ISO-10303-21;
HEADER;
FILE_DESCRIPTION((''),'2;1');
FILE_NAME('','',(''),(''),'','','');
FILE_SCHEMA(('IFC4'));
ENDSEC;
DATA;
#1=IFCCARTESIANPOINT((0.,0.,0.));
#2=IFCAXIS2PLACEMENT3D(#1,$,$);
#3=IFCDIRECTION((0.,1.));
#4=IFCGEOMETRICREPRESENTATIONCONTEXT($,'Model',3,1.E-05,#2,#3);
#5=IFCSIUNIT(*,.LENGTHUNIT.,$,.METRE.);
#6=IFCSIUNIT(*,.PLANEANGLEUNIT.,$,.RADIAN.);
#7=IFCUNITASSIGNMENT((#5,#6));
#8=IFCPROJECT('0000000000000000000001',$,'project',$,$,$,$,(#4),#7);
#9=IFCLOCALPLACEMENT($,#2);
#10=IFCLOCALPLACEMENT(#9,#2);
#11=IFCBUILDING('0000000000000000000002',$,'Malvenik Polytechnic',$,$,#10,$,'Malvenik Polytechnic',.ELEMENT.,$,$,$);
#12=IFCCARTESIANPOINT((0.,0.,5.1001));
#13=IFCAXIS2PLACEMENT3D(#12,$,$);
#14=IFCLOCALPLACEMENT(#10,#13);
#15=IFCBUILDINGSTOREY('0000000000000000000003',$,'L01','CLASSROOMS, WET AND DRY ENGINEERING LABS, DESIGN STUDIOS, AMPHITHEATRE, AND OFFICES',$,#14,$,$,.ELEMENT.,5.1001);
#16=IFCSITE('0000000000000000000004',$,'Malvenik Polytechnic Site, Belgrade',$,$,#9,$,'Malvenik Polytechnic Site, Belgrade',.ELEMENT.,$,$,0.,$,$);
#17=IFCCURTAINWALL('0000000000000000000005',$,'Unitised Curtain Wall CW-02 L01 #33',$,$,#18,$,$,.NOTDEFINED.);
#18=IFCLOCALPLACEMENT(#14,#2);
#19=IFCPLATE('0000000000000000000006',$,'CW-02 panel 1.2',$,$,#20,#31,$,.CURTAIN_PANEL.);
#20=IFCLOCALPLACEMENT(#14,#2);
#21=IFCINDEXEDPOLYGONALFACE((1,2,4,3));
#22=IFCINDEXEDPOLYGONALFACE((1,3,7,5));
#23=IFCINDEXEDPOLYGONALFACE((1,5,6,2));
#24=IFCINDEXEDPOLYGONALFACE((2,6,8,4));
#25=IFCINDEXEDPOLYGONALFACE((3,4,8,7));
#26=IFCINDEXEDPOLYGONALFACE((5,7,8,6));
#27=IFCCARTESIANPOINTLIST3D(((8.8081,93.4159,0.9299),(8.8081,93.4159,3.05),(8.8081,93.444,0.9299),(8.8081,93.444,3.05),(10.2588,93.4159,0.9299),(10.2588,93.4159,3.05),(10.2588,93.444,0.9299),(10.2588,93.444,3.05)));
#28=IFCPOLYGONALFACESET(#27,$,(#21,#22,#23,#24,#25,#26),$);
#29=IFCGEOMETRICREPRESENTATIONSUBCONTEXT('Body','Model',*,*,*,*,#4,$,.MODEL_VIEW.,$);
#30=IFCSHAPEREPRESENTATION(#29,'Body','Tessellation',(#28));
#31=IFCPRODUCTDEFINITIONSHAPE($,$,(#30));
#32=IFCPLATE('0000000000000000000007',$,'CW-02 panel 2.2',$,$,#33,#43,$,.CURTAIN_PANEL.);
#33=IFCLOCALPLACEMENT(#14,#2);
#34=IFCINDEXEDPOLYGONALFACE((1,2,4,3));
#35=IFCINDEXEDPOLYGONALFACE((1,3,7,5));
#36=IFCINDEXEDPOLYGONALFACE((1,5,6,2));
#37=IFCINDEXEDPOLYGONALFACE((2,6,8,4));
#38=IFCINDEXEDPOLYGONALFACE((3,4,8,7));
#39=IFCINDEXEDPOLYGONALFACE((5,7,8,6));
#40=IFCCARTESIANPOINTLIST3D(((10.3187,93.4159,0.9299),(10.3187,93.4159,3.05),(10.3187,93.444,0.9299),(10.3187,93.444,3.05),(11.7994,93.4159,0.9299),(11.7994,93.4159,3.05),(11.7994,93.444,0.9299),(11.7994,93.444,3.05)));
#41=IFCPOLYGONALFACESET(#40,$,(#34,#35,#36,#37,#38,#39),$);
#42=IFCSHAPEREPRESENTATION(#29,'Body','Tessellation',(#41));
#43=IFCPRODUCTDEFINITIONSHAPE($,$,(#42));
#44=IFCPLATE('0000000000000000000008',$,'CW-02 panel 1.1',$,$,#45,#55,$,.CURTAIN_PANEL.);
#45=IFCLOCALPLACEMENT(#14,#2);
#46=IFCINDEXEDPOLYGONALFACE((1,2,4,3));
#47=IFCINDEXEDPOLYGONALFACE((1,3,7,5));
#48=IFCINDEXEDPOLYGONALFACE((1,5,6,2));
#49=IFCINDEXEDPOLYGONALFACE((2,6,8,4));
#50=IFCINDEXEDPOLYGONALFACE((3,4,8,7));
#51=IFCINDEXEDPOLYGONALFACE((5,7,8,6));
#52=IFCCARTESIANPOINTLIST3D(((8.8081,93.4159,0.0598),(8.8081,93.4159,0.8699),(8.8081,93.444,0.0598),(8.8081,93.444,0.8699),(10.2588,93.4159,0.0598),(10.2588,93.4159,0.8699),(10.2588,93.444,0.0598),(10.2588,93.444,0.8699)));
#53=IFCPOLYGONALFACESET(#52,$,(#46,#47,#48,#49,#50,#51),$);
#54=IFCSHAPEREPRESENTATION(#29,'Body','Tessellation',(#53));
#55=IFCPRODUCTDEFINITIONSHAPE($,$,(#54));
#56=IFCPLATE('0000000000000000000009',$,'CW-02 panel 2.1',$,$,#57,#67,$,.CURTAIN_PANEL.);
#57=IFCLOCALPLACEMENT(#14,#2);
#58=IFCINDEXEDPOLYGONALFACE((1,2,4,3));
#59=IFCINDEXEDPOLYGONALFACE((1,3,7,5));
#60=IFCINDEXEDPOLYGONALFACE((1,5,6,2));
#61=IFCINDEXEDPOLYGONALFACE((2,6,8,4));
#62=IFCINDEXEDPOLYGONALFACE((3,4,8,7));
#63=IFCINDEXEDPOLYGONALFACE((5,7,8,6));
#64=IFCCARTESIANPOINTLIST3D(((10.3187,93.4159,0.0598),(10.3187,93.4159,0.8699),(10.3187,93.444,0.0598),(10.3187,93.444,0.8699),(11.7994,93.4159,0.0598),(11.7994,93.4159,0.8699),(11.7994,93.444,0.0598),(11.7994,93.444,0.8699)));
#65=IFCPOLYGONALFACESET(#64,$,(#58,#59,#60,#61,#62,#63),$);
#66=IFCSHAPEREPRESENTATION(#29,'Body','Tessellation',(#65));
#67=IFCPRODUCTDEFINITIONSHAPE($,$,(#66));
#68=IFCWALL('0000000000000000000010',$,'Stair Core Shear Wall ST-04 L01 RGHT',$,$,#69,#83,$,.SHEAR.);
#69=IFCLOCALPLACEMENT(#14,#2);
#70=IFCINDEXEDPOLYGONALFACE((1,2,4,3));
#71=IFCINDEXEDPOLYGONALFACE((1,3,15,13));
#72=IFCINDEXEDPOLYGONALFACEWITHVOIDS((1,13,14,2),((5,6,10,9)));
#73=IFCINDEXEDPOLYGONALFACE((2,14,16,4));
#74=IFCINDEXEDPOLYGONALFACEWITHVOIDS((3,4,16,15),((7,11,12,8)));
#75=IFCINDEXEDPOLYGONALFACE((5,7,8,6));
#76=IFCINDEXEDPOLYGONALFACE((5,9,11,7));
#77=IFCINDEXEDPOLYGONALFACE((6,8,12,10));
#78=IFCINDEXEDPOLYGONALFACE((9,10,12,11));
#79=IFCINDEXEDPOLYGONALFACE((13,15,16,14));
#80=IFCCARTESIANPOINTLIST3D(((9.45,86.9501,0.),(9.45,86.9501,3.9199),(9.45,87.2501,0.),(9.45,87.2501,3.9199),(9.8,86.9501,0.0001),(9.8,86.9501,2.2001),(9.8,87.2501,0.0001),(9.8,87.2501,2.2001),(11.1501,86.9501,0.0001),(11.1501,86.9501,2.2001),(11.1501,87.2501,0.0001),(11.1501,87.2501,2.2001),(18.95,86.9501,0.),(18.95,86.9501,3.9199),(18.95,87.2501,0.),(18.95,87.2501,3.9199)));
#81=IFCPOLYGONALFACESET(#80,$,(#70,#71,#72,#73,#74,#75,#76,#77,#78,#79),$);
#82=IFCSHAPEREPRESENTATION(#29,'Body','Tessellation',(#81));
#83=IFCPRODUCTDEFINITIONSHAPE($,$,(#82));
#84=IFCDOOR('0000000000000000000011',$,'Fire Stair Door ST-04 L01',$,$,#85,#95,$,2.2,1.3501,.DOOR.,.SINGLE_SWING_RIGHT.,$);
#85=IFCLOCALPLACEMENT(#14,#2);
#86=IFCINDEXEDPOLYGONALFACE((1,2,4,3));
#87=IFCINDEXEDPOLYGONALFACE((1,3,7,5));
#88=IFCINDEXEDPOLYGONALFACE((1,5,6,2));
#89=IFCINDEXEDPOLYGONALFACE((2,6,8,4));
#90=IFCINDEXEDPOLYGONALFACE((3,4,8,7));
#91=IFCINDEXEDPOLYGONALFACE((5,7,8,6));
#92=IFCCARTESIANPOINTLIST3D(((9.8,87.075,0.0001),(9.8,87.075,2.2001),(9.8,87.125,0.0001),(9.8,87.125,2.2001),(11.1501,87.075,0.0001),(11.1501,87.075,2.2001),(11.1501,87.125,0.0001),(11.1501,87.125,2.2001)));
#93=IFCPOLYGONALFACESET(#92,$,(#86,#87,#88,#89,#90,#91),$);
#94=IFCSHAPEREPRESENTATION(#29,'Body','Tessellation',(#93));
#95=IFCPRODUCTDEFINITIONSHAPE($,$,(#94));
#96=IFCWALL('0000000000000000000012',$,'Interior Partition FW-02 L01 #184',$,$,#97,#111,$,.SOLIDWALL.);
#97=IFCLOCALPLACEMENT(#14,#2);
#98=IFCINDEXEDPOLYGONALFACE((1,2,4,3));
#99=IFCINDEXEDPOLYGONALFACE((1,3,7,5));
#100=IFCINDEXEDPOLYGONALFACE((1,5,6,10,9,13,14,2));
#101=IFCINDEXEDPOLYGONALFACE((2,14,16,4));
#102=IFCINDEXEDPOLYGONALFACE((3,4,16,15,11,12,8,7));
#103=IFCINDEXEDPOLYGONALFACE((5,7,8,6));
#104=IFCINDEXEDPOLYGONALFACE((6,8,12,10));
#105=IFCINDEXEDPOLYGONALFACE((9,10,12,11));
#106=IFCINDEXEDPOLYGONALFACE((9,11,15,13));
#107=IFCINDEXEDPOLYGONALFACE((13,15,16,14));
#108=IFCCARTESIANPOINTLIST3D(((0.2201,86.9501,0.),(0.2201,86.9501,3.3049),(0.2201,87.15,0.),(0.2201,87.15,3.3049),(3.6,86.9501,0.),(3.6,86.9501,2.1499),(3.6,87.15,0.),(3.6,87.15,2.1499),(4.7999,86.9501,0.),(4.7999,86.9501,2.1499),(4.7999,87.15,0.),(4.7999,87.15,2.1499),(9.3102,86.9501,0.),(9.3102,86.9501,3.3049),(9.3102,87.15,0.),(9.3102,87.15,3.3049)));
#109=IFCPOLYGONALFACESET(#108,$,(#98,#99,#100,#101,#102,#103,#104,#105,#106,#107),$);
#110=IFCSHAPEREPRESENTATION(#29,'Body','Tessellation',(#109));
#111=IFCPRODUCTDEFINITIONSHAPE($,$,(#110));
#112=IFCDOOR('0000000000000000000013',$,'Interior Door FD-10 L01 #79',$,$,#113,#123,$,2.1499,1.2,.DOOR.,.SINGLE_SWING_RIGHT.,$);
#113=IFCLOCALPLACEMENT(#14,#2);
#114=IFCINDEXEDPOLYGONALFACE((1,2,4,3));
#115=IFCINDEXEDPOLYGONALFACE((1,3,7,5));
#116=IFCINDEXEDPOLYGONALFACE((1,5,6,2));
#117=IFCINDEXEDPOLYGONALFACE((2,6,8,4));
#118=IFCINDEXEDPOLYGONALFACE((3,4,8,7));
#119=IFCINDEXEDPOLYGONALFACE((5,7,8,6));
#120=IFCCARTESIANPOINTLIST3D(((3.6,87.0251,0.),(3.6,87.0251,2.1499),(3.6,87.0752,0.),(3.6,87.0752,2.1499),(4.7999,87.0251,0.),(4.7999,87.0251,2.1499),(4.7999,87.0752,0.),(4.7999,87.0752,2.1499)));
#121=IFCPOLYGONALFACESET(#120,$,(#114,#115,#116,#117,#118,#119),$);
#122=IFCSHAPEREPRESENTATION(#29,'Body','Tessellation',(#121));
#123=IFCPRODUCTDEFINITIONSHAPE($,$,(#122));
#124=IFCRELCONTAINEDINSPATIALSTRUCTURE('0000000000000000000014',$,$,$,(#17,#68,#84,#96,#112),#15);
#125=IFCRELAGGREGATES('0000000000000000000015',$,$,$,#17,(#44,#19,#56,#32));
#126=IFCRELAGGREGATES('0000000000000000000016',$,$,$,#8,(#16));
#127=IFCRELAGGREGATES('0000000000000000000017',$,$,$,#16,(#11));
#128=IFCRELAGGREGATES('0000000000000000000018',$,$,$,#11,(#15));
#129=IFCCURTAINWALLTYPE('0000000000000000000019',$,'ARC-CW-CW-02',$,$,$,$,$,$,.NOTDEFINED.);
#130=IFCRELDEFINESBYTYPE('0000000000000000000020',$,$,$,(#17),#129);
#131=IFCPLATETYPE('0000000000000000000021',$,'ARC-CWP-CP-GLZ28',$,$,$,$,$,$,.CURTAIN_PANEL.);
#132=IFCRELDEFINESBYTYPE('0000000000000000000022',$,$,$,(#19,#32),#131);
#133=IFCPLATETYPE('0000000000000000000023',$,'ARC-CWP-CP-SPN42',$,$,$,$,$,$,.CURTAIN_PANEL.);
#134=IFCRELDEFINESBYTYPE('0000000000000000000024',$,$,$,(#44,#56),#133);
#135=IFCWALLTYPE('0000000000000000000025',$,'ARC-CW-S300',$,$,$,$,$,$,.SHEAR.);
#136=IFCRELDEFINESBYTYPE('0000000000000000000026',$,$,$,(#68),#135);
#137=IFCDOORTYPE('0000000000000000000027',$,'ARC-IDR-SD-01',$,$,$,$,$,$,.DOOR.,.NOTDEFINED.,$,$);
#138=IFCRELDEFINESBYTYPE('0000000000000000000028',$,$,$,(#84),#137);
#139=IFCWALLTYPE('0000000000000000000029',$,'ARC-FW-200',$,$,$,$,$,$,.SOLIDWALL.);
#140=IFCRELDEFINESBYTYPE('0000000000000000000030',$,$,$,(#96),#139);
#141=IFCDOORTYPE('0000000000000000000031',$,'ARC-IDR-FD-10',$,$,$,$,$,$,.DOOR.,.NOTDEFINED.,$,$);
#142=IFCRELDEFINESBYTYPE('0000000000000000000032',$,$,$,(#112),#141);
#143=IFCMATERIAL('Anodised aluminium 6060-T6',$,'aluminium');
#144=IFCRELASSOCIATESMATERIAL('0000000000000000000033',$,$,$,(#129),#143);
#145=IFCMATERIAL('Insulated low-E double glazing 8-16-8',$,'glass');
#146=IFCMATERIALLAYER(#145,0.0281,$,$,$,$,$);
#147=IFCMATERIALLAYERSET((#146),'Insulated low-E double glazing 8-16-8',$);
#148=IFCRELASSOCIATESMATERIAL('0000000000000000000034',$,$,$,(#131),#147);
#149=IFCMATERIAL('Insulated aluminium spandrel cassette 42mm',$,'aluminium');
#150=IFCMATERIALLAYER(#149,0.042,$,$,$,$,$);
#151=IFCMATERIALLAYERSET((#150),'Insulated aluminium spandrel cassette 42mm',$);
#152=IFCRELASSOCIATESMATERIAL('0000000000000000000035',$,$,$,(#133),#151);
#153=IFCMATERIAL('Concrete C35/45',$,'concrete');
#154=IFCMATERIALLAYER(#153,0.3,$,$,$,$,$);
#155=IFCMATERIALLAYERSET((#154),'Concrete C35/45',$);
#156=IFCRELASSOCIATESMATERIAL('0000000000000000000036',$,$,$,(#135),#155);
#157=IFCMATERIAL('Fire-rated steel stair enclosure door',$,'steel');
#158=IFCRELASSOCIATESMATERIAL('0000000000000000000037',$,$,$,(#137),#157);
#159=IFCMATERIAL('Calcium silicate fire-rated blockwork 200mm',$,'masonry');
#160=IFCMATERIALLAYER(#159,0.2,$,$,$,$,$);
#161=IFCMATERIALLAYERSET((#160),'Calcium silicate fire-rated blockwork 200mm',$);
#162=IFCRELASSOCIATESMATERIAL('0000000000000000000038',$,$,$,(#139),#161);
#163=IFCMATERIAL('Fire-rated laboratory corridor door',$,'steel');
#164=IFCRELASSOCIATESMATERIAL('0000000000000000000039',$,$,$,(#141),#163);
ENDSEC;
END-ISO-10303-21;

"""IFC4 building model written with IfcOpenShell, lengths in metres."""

from ifc_helpers import new_model, si_unit, direction, frame, frame_2d, origin, origin_2d, place, context, subcontext, project, spatial, rectangle, extrude, material, layer, layer_set, type_object, element, fill, aggregate, save


model = new_model("IFC4")

# Units and contexts
model_context = context("Model", 3, precision=1e-05, world=origin(), true_north=direction((0.0, 1.0)))
body_context = subcontext(model_context, "Body", "Model", "MODEL_VIEW")
ifc_project = project(units=[si_unit("LENGTHUNIT", "METRE"), si_unit("PLANEANGLEUNIT", "RADIAN")], contexts=[model_context])

# Site, building, storey
site_placement = place(None, origin())
site = spatial("IfcSite", under=ifc_project, at=site_placement, Name="Malvenik Polytechnic Site, Belgrade", LongName="Malvenik Polytechnic Site, Belgrade", CompositionType="ELEMENT", RefElevation=0.0)
building_placement = place(site_placement, origin())
building = spatial("IfcBuilding", under=site, at=building_placement, Name="Malvenik Polytechnic", LongName="Malvenik Polytechnic", CompositionType="ELEMENT")
storey_placement = place(building_placement, frame((0.0, 0.0, 5.1001)))
storey = spatial("IfcBuildingStorey", under=building, at=storey_placement, Name="L01", Description="CLASSROOMS, WET AND DRY ENGINEERING LABS, DESIGN STUDIOS, AMPHITHEATRE, AND OFFICES", CompositionType="ELEMENT", Elevation=5.1001)

# Curtain wall
ifc_material_1 = material(Name="Anodised aluminium 6060-T6", Category="aluminium")
curtain_wall_type = type_object("IfcCurtainWallType", Name="ARC-CW-CW-02", PredefinedType="NOTDEFINED", material=ifc_material_1)
curtain_wall_placement = place(storey_placement, origin())
curtain_wall = element("IfcCurtainWall", 1, at=curtain_wall_placement, inside=storey, type_object=curtain_wall_type, Name="Unitised Curtain Wall CW-02 L01 #33", PredefinedType="NOTDEFINED")

# Shared definitions
ifc_material_2 = material(Name="Concrete C35/45", Category="concrete")

# Plates
ifc_material_3 = material(Name="Insulated low-E double glazing 8-16-8", Category="glass")
ifc_layer_1 = layer(ifc_material_3, 0.0281)
ifc_layer_set_1 = layer_set([ifc_layer_1], Name="Insulated low-E double glazing 8-16-8")
plate_type_1 = type_object("IfcPlateType", Name="ARC-CWP-CP-GLZ28", PredefinedType="CURTAIN_PANEL", material=ifc_layer_set_1)
plate_1_placement = place(storey_placement, frame((9.5334, 93.4299, 0.9299), z_axis=(0.0, 0.0, 1.0), x_axis=(1.0, 0.0, 0.0)))
plate_1 = element("IfcPlate", 2, at=plate_1_placement, type_object=plate_type_1, Name="CW-02 panel 1.2", PredefinedType="CURTAIN_PANEL", context=body_context, shape_type="SweptSolid", body=[
    extrude(rectangle(XDim=1.4507, YDim=0.0281, at=origin_2d()), origin(), (0.0, 0.0, 1.0), 2.1201),
])
plate_2_placement = place(storey_placement, frame((11.0591, 93.4299, 0.9299), z_axis=(0.0, 0.0, 1.0), x_axis=(1.0, 0.0, 0.0)))
plate_2 = element("IfcPlate", 3, at=plate_2_placement, type_object=plate_type_1, Name="CW-02 panel 2.2", PredefinedType="CURTAIN_PANEL", context=body_context, shape_type="SweptSolid", body=[
    extrude(rectangle(XDim=1.4807, YDim=0.0281, at=origin_2d()), origin(), (0.0, 0.0, 1.0), 2.1201),
])
ifc_material_4 = material(Name="Insulated aluminium spandrel cassette 42mm", Category="aluminium")
ifc_layer_2 = layer(ifc_material_4, 0.042)
ifc_layer_set_2 = layer_set([ifc_layer_2], Name="Insulated aluminium spandrel cassette 42mm")
plate_type_2 = type_object("IfcPlateType", Name="ARC-CWP-CP-SPN42", PredefinedType="CURTAIN_PANEL", material=ifc_layer_set_2)
plate_3_placement = place(storey_placement, frame((9.5334, 93.4299, 0.0598), z_axis=(0.0, 0.0, 1.0), x_axis=(1.0, 0.0, 0.0)))
plate_3 = element("IfcPlate", 4, at=plate_3_placement, type_object=plate_type_2, Name="CW-02 panel 1.1", PredefinedType="CURTAIN_PANEL", context=body_context, shape_type="SweptSolid", body=[
    extrude(rectangle(XDim=1.4507, YDim=0.0281, at=origin_2d()), origin(), (0.0, 0.0, 1.0), 0.8101),
])
plate_4_placement = place(storey_placement, frame((11.0591, 93.4299, 0.0598), z_axis=(0.0, 0.0, 1.0), x_axis=(1.0, 0.0, 0.0)))
plate_4 = element("IfcPlate", 5, at=plate_4_placement, type_object=plate_type_2, Name="CW-02 panel 2.1", PredefinedType="CURTAIN_PANEL", context=body_context, shape_type="SweptSolid", body=[
    extrude(rectangle(XDim=1.4807, YDim=0.0281, at=origin_2d()), origin(), (0.0, 0.0, 1.0), 0.8101),
])
aggregate(curtain_wall, [plate_3, plate_1, plate_4, plate_2])

# Walls, openings, doors
ifc_layer_3 = layer(ifc_material_2, 0.3)
ifc_layer_set_3 = layer_set([ifc_layer_3], Name="Concrete C35/45")
wall_type_1 = type_object("IfcWallType", Name="ARC-CW-S300", PredefinedType="SHEAR", material=ifc_layer_set_3)
wall_1_placement = place(storey_placement, frame((9.45, 87.1001, 0.0), z_axis=(0.0, 0.0, 1.0), x_axis=(1.0, 0.0, 0.0)))
wall_1 = element("IfcWall", 6, at=wall_1_placement, inside=storey, type_object=wall_type_1, Name="Stair Core Shear Wall ST-04 L01 RGHT", PredefinedType="SHEAR", context=body_context, shape_type="SweptSolid", body=[
    extrude(rectangle(XDim=9.5, YDim=0.3, at=frame_2d((4.75, 0.0))), origin(), (0.0, 0.0, 1.0), 3.9199),
])
opening_1_placement = place(wall_1_placement, frame((0.3501, 0.0, 0.0)))
opening_1 = element("IfcOpeningElement", 7, at=opening_1_placement, cuts=wall_1, PredefinedType="OPENING", context=body_context, shape_type="SweptSolid", body=[
    extrude(rectangle(XDim=1.3501, YDim=2.2, at=frame_2d((0.675, 1.1001))), frame((0.0, 0.1602, 0.0), z_axis=(0.0, -1.0, 0.0), x_axis=(1.0, 0.0, 0.0)), (0.0, 0.0, 1.0), 0.3201),
])
ifc_material_5 = material(Name="Fire-rated steel stair enclosure door", Category="steel")
door_type_1 = type_object("IfcDoorType", Name="ARC-IDR-SD-01", OperationType="NOTDEFINED", PredefinedType="DOOR", material=ifc_material_5)
door_1_placement = place(opening_1_placement, origin())
door_1 = element("IfcDoor", 8, at=door_1_placement, inside=storey, type_object=door_type_1, Name="Fire Stair Door ST-04 L01", OperationType="SINGLE_SWING_RIGHT", OverallHeight=2.2, OverallWidth=1.3501, PredefinedType="DOOR", context=body_context, shape_type="SweptSolid", body=[
    extrude(rectangle(XDim=1.3501, YDim=2.2, at=frame_2d((0.675, 1.1001))), frame((0.0, 0.0249, 0.0), z_axis=(0.0, -1.0, 0.0), x_axis=(1.0, 0.0, 0.0)), (0.0, 0.0, 1.0), 0.05),
])
fill(opening_1, door_1)
ifc_material_6 = material(Name="Calcium silicate fire-rated blockwork 200mm", Category="masonry")
ifc_layer_4 = layer(ifc_material_6, 0.2)
ifc_layer_set_4 = layer_set([ifc_layer_4], Name="Calcium silicate fire-rated blockwork 200mm")
wall_type_2 = type_object("IfcWallType", Name="ARC-FW-200", PredefinedType="SOLIDWALL", material=ifc_layer_set_4)
wall_2_placement = place(storey_placement, frame((9.3101, 87.05, 0.0), z_axis=(0.0, 0.0, 1.0), x_axis=(-1.0, 0.0, 0.0)))
wall_2 = element("IfcWall", 9, at=wall_2_placement, inside=storey, type_object=wall_type_2, Name="Interior Partition FW-02 L01 #184", PredefinedType="SOLIDWALL", context=body_context, shape_type="SweptSolid", body=[
    extrude(rectangle(XDim=9.0901, YDim=0.2, at=frame_2d((4.5449, 0.0))), origin(), (0.0, 0.0, 1.0), 3.3049),
])
opening_2_placement = place(wall_2_placement, frame((4.51, 0.0, 0.0)))
opening_2 = element("IfcOpeningElement", 10, at=opening_2_placement, cuts=wall_2, PredefinedType="OPENING", context=body_context, shape_type="SweptSolid", body=[
    extrude(rectangle(XDim=1.2, YDim=2.1499, at=frame_2d((0.6001, 1.075))), frame((0.0, 0.1099, 0.0), z_axis=(0.0, -1.0, 0.0), x_axis=(1.0, 0.0, 0.0)), (0.0, 0.0, 1.0), 0.22),
])
ifc_material_7 = material(Name="Fire-rated laboratory corridor door", Category="steel")
door_type_2 = type_object("IfcDoorType", Name="ARC-IDR-FD-10", OperationType="NOTDEFINED", PredefinedType="DOOR", material=ifc_material_7)
door_2_placement = place(opening_2_placement, origin())
door_2 = element("IfcDoor", 11, at=door_2_placement, inside=storey, type_object=door_type_2, Name="Interior Door FD-10 L01 #79", OperationType="SINGLE_SWING_RIGHT", OverallHeight=2.1499, OverallWidth=1.2, PredefinedType="DOOR", context=body_context, shape_type="SweptSolid", body=[
    extrude(rectangle(XDim=1.2, YDim=2.1499, at=frame_2d((0.6001, 1.075))), frame((0.0, 0.0249, 0.0), z_axis=(0.0, -1.0, 0.0), x_axis=(1.0, 0.0, 0.0)), (0.0, 0.0, 1.0), 0.05),
])
fill(opening_2, door_2)

save(model, "model.ifc")
